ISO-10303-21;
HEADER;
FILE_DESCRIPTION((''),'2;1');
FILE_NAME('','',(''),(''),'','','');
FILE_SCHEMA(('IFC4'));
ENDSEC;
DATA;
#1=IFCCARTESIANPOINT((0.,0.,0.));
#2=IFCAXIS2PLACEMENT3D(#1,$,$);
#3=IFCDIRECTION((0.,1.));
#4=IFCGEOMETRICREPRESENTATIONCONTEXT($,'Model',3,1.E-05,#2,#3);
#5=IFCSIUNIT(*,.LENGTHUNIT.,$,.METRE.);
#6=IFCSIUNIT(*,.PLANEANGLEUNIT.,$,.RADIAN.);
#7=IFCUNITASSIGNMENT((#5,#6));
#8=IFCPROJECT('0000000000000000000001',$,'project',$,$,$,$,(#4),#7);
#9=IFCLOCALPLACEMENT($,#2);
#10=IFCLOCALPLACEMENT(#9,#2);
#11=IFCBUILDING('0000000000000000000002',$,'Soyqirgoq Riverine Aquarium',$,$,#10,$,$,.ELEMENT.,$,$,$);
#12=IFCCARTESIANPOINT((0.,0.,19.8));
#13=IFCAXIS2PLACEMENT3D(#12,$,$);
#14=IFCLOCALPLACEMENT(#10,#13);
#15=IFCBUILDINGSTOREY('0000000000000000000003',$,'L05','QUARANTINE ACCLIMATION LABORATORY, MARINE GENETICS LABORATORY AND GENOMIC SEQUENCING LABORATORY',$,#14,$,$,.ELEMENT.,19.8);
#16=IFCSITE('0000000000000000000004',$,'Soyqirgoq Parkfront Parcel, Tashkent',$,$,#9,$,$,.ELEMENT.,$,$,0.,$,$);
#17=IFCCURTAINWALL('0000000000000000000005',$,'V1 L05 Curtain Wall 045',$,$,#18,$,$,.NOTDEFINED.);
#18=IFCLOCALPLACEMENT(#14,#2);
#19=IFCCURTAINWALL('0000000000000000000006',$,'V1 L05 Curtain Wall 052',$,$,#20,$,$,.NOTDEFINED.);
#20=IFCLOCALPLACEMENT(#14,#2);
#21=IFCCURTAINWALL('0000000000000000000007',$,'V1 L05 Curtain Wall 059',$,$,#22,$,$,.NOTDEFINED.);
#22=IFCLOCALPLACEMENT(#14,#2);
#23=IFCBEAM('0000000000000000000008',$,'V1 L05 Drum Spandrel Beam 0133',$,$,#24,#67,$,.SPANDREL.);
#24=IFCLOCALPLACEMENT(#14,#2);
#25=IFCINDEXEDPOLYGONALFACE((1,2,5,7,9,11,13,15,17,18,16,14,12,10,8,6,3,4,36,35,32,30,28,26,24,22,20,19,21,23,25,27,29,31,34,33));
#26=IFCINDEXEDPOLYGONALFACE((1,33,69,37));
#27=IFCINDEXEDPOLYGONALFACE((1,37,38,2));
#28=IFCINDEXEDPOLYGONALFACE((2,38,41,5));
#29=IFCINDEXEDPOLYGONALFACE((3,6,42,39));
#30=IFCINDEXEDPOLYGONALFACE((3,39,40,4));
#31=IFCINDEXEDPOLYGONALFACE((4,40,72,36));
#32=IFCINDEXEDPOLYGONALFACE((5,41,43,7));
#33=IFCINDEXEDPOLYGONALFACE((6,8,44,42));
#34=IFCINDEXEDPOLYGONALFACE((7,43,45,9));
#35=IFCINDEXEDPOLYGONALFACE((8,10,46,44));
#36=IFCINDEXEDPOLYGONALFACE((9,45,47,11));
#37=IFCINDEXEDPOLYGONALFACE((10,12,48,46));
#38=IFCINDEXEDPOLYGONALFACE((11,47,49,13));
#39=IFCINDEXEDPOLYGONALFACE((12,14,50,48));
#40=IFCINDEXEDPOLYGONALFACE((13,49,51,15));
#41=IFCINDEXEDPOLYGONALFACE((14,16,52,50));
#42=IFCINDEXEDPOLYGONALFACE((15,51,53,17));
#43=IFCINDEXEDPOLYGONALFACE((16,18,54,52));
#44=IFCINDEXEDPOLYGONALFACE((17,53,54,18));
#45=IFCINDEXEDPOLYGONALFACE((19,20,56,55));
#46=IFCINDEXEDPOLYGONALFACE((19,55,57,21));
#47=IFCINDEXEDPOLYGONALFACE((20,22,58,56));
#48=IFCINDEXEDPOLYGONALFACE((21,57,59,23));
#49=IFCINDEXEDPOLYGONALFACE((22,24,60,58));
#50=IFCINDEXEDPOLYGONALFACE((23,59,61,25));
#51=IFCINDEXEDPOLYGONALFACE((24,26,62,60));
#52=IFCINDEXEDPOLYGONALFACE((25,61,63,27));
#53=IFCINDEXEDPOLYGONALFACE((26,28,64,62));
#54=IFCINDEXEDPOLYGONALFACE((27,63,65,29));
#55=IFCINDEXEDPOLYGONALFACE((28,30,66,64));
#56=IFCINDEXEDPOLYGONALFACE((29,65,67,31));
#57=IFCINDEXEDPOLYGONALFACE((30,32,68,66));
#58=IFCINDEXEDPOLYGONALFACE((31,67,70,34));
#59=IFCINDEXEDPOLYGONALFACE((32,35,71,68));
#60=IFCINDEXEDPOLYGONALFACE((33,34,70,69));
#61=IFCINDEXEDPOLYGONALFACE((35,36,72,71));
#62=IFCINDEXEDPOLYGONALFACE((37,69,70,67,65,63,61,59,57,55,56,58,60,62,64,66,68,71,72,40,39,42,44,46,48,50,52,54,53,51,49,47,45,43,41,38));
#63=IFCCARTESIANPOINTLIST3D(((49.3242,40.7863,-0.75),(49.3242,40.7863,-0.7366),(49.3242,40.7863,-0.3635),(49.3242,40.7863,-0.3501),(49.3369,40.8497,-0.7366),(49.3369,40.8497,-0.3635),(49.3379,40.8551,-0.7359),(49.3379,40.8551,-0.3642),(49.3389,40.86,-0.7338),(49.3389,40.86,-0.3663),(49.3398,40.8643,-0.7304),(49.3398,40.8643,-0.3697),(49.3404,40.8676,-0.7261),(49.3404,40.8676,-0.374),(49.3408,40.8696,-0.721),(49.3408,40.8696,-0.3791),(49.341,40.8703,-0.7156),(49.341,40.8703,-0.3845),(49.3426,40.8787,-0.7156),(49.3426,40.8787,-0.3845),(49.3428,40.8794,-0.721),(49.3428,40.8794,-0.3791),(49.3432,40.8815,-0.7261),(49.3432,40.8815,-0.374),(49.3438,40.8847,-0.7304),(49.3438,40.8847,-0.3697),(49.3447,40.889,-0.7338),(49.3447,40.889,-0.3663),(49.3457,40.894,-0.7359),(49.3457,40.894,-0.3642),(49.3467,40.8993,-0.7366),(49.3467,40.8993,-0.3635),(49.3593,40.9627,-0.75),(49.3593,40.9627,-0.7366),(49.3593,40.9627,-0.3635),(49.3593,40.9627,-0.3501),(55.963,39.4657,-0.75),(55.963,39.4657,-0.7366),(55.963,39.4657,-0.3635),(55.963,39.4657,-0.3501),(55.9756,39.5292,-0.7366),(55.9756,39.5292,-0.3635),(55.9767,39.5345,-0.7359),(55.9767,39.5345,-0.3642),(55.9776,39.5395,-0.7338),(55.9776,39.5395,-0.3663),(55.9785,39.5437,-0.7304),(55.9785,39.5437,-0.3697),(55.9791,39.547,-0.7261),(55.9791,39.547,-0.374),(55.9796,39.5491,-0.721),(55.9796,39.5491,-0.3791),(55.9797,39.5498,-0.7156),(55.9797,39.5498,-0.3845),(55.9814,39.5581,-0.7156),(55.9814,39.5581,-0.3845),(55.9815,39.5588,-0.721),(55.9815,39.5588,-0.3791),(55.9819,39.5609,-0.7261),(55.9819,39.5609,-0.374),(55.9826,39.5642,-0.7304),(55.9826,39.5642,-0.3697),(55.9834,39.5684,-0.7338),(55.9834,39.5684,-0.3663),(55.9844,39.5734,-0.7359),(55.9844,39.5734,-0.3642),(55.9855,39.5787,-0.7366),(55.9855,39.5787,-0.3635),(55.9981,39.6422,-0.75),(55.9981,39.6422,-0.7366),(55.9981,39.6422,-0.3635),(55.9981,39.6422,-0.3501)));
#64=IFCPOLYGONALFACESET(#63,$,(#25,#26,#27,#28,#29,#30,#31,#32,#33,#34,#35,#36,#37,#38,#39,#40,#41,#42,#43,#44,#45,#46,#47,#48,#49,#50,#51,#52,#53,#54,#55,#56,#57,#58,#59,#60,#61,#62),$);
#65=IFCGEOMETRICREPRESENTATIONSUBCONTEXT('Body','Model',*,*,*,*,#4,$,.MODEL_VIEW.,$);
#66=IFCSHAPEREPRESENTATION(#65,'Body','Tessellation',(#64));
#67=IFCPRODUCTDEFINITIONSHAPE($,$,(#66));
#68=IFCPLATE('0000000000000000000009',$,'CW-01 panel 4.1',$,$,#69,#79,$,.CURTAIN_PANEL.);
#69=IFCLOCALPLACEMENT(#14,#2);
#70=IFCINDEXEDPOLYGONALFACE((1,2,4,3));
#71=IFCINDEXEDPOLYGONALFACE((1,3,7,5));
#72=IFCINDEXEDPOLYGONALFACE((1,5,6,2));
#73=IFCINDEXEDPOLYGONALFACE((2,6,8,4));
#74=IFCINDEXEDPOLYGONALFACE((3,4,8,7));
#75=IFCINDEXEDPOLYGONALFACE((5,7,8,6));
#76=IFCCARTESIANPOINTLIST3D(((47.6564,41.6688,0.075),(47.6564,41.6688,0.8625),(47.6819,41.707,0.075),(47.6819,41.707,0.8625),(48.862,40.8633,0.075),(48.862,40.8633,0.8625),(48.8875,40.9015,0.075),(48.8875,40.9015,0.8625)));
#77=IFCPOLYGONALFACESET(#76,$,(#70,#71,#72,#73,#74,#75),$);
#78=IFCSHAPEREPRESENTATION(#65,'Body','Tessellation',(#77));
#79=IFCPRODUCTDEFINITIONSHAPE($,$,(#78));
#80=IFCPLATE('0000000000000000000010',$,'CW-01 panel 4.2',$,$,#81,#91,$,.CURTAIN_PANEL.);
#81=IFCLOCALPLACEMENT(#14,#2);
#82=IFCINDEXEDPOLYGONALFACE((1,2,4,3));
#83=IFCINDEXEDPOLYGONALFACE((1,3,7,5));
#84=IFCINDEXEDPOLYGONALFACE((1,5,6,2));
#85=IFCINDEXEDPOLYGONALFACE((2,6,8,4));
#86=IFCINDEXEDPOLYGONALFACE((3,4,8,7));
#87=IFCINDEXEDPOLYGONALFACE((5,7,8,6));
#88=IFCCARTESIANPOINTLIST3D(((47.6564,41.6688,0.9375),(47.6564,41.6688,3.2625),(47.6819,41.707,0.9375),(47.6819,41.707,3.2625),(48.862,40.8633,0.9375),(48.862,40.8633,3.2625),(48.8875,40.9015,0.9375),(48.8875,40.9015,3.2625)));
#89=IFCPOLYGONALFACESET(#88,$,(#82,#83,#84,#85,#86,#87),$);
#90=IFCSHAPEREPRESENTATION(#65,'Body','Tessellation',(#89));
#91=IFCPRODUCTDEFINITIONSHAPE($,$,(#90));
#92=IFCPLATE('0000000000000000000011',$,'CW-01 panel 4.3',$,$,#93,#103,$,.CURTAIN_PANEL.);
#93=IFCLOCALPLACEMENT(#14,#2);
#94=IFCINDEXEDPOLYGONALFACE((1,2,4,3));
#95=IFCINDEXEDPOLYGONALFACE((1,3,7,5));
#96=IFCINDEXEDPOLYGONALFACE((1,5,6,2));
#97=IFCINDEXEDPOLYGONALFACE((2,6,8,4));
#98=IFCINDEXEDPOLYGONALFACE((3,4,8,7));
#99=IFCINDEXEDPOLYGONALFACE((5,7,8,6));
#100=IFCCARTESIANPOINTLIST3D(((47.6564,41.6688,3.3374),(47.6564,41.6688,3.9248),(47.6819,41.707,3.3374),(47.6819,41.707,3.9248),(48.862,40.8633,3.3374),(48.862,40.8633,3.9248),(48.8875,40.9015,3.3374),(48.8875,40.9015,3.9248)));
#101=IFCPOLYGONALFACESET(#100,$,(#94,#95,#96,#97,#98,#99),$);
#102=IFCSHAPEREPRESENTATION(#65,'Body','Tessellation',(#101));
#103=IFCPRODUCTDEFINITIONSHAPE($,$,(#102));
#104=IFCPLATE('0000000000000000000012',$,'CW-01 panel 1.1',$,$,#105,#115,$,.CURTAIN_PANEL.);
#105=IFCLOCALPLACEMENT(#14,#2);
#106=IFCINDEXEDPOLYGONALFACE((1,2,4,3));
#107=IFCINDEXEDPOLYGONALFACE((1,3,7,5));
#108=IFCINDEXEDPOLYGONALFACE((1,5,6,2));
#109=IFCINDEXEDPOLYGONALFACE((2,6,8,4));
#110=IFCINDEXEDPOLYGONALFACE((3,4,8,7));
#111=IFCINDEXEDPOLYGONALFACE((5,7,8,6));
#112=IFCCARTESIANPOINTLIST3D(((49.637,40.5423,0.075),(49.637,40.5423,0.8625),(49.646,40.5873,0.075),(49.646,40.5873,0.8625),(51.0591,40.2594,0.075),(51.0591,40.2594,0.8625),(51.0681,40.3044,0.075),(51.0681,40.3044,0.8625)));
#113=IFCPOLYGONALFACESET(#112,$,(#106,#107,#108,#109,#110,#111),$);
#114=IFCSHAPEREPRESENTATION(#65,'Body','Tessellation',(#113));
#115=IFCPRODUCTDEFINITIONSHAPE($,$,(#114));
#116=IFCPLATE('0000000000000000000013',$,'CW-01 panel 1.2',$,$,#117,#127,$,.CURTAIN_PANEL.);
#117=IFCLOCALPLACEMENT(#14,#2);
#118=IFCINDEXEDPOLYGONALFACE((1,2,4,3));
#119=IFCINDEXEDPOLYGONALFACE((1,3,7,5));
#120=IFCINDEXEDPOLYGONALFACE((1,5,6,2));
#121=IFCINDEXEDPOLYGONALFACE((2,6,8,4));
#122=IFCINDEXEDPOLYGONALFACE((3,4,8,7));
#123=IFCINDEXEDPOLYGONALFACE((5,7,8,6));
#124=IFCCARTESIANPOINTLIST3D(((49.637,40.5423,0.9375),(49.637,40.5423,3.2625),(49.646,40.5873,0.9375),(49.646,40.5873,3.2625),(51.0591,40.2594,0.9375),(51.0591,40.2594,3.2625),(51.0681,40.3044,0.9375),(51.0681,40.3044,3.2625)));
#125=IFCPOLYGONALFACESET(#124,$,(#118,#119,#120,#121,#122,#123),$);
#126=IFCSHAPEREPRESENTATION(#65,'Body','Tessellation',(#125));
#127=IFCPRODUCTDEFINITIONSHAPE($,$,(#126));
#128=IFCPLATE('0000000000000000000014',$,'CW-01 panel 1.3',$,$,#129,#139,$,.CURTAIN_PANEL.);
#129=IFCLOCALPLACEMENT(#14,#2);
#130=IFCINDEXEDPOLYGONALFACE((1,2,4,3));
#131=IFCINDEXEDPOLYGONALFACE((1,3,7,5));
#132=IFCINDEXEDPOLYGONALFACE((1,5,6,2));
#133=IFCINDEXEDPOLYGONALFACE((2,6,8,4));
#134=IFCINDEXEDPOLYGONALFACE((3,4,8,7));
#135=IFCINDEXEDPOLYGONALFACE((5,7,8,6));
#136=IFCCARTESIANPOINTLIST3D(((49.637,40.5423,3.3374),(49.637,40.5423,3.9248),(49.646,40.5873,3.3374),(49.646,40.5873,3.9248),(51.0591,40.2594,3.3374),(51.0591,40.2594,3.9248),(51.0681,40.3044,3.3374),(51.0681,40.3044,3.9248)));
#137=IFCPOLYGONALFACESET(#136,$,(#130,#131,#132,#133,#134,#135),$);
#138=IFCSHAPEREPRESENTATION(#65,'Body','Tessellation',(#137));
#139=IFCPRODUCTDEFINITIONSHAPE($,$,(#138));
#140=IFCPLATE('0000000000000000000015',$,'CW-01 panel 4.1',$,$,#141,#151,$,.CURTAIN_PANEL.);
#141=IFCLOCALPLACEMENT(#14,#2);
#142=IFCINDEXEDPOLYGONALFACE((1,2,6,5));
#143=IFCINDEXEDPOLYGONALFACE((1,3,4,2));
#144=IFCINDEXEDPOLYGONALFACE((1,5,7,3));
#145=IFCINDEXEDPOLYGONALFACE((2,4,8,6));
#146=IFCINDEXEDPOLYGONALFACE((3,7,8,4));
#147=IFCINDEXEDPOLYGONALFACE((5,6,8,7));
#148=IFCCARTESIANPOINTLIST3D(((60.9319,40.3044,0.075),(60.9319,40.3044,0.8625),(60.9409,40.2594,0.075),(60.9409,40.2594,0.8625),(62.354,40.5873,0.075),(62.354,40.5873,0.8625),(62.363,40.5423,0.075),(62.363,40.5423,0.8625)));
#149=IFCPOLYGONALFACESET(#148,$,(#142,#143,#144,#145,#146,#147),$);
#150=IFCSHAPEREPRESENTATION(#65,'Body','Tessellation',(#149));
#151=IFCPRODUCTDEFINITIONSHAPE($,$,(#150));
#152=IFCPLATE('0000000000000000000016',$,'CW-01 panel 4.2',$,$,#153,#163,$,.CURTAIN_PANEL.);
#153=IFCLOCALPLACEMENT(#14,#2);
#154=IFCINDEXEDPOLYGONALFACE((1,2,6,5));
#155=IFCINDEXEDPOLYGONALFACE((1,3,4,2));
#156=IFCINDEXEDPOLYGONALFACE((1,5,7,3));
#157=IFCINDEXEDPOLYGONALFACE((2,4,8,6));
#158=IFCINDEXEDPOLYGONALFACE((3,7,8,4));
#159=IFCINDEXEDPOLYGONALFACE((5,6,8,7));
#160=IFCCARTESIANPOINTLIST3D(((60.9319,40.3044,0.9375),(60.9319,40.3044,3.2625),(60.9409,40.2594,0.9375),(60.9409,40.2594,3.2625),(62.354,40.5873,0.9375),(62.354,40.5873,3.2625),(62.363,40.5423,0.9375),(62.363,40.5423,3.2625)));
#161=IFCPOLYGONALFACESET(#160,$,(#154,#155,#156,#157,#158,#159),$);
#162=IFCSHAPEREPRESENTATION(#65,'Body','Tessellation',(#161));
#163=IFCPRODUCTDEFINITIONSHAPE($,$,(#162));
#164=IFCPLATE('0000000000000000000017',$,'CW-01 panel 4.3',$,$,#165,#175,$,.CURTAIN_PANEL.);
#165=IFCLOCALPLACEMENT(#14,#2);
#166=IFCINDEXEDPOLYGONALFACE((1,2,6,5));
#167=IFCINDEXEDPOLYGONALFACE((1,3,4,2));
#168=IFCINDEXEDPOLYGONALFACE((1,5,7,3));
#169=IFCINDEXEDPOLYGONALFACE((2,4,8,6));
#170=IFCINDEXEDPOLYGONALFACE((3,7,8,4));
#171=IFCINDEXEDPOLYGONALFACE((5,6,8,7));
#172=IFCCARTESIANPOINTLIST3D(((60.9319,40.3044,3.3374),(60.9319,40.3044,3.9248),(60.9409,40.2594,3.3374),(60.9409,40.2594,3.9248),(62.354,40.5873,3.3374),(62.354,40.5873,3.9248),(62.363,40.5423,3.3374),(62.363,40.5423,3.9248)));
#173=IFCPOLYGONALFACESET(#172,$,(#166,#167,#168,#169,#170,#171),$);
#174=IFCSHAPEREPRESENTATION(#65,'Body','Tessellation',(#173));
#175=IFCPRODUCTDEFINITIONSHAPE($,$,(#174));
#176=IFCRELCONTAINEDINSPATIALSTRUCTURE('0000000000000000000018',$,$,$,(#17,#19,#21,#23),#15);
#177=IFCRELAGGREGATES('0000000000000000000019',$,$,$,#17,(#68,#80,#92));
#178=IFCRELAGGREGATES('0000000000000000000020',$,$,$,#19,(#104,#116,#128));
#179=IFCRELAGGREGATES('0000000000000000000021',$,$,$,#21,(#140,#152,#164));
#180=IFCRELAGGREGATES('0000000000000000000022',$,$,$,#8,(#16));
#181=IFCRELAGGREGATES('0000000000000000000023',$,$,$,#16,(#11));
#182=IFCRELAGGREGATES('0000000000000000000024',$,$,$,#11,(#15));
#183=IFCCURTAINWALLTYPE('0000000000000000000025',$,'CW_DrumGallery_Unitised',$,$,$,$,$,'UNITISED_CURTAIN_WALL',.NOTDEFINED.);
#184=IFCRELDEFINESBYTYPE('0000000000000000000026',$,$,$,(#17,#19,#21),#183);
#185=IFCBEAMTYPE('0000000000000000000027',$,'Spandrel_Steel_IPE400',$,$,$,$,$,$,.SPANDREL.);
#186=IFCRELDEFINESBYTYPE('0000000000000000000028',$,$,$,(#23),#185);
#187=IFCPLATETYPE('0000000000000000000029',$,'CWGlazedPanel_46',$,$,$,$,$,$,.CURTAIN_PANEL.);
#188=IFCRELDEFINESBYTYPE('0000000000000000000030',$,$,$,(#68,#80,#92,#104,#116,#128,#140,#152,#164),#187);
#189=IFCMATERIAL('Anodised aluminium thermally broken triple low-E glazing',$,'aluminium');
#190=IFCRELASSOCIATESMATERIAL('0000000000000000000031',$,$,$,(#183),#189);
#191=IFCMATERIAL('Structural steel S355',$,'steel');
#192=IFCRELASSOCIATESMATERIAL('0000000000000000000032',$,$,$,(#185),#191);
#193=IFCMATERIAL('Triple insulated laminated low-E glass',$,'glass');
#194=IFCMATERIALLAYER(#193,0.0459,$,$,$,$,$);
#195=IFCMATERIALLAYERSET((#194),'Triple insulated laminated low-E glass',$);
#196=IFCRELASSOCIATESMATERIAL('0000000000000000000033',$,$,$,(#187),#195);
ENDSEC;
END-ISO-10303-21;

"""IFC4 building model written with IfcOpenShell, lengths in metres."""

from ifc_helpers import new_model, si_unit, direction, frame, origin, origin_2d, place, context, subcontext, project, spatial, rectangle, i_section, extrude, material, layer, layer_set, material_profile, profile_set, type_object, element, aggregate, save


model = new_model("IFC4")

# Units and contexts
model_context = context("Model", 3, precision=1e-05, world=origin(), true_north=direction((0.0, 1.0)))
body_context = subcontext(model_context, "Body", "Model", "MODEL_VIEW")
ifc_project = project(units=[si_unit("LENGTHUNIT", "METRE"), si_unit("PLANEANGLEUNIT", "RADIAN")], contexts=[model_context])

# Site, building, storey
site_placement = place(None, origin())
site = spatial("IfcSite", under=ifc_project, at=site_placement, Name="Soyqirgoq Parkfront Parcel, Tashkent", CompositionType="ELEMENT", RefElevation=0.0)
building_placement = place(site_placement, origin())
building = spatial("IfcBuilding", under=site, at=building_placement, Name="Soyqirgoq Riverine Aquarium", CompositionType="ELEMENT")
storey_placement = place(building_placement, frame((0.0, 0.0, 19.8)))
storey = spatial("IfcBuildingStorey", under=building, at=storey_placement, Name="L05", Description="QUARANTINE ACCLIMATION LABORATORY, MARINE GENETICS LABORATORY AND GENOMIC SEQUENCING LABORATORY", CompositionType="ELEMENT", Elevation=19.8)

# Curtain wall
ifc_material_1 = material(Name="Anodised aluminium thermally broken triple low-E glazing", Category="aluminium")
curtain_wall_type = type_object("IfcCurtainWallType", Name="CW_DrumGallery_Unitised", ElementType="UNITISED_CURTAIN_WALL", PredefinedType="NOTDEFINED", material=ifc_material_1)
curtain_wall_1_placement = place(storey_placement, origin())
curtain_wall_1 = element("IfcCurtainWall", 1, at=curtain_wall_1_placement, inside=storey, type_object=curtain_wall_type, Name="V1 L05 Curtain Wall 045", PredefinedType="NOTDEFINED")

# Curtain walls
curtain_wall_2_placement = place(storey_placement, origin())
curtain_wall_2 = element("IfcCurtainWall", 2, at=curtain_wall_2_placement, inside=storey, type_object=curtain_wall_type, Name="V1 L05 Curtain Wall 052", PredefinedType="NOTDEFINED")
curtain_wall_3_placement = place(storey_placement, origin())
curtain_wall_3 = element("IfcCurtainWall", 3, at=curtain_wall_3_placement, inside=storey, type_object=curtain_wall_type, Name="V1 L05 Curtain Wall 059", PredefinedType="NOTDEFINED")

# Beam
ifc_material_2 = material(Name="Structural steel S355", Category="steel")
ifc_material_profile_1 = material_profile(ifc_material_2, i_section(OverallWidth=0.1799, OverallDepth=0.3999, WebThickness=0.0085, FlangeThickness=0.0134, FilletRadius=0.021, at=origin_2d()), Name="IPE 400")
ifc_profile_set_1 = profile_set([ifc_material_profile_1], Name="Structural steel S355")
beam_type = type_object("IfcBeamType", Name="Spandrel_Steel_IPE400", PredefinedType="SPANDREL", material=ifc_profile_set_1)
beam_placement = place(storey_placement, frame((49.3418, 40.8745, -0.55), z_axis=(0.980784, -0.195096, 0.0), x_axis=(0.195096, 0.980784, 0.0)))
element("IfcBeam", 4, at=beam_placement, inside=storey, type_object=beam_type, Name="V1 L05 Drum Spandrel Beam 0133", PredefinedType="SPANDREL", context=body_context, shape_type="SweptSolid", body=[
    extrude(i_section(OverallWidth=0.1799, OverallDepth=0.3999, WebThickness=0.0085, FlangeThickness=0.0134, FilletRadius=0.021, at=origin_2d()), origin(), (0.0, 0.0, 1.0), 6.7688),
])

# Plates
ifc_material_3 = material(Name="Triple insulated laminated low-E glass", Category="glass")
ifc_layer = layer(ifc_material_3, 0.0459)
ifc_layer_set = layer_set([ifc_layer], Name="Triple insulated laminated low-E glass")
plate_type = type_object("IfcPlateType", Name="CWGlazedPanel_46", PredefinedType="CURTAIN_PANEL", material=ifc_layer_set)
plate_1_placement = place(storey_placement, frame((48.272, 41.2852, 0.075), z_axis=(0.0, 0.0, 1.0), x_axis=(0.831476, -0.555561, 0.0)))
plate_1 = element("IfcPlate", 5, at=plate_1_placement, type_object=plate_type, Name="CW-01 panel 4.1", PredefinedType="CURTAIN_PANEL", context=body_context, shape_type="SweptSolid", body=[
    extrude(rectangle(XDim=1.45, YDim=0.0459, at=origin_2d()), origin(), (0.0, 0.0, 1.0), 0.7876),
])
plate_2_placement = place(storey_placement, frame((48.272, 41.2852, 0.9375), z_axis=(0.0, 0.0, 1.0), x_axis=(0.831476, -0.555561, 0.0)))
plate_2 = element("IfcPlate", 6, at=plate_2_placement, type_object=plate_type, Name="CW-01 panel 4.2", PredefinedType="CURTAIN_PANEL", context=body_context, shape_type="SweptSolid", body=[
    extrude(rectangle(XDim=1.45, YDim=0.0459, at=origin_2d()), origin(), (0.0, 0.0, 1.0), 2.325),
])
plate_3_placement = place(storey_placement, frame((48.272, 41.2852, 3.3374), z_axis=(0.0, 0.0, 1.0), x_axis=(0.831476, -0.555561, 0.0)))
plate_3 = element("IfcPlate", 7, at=plate_3_placement, type_object=plate_type, Name="CW-01 panel 4.3", PredefinedType="CURTAIN_PANEL", context=body_context, shape_type="SweptSolid", body=[
    extrude(rectangle(XDim=1.45, YDim=0.0459, at=origin_2d()), origin(), (0.0, 0.0, 1.0), 0.5874),
])
aggregate(curtain_wall_1, [plate_1, plate_2, plate_3])
plate_4_placement = place(storey_placement, frame((50.3525, 40.4233, 0.075), z_axis=(0.0, 0.0, 1.0), x_axis=(0.980788, -0.195078, 0.0)))
plate_4 = element("IfcPlate", 8, at=plate_4_placement, type_object=plate_type, Name="CW-01 panel 1.1", PredefinedType="CURTAIN_PANEL", context=body_context, shape_type="SweptSolid", body=[
    extrude(rectangle(XDim=1.45, YDim=0.0459, at=origin_2d()), origin(), (0.0, 0.0, 1.0), 0.7876),
])
plate_5_placement = place(storey_placement, frame((50.3525, 40.4233, 0.9375), z_axis=(0.0, 0.0, 1.0), x_axis=(0.980788, -0.195078, 0.0)))
plate_5 = element("IfcPlate", 9, at=plate_5_placement, type_object=plate_type, Name="CW-01 panel 1.2", PredefinedType="CURTAIN_PANEL", context=body_context, shape_type="SweptSolid", body=[
    extrude(rectangle(XDim=1.45, YDim=0.0459, at=origin_2d()), origin(), (0.0, 0.0, 1.0), 2.325),
])
plate_6_placement = place(storey_placement, frame((50.3525, 40.4233, 3.3374), z_axis=(0.0, 0.0, 1.0), x_axis=(0.980788, -0.195078, 0.0)))
plate_6 = element("IfcPlate", 10, at=plate_6_placement, type_object=plate_type, Name="CW-01 panel 1.3", PredefinedType="CURTAIN_PANEL", context=body_context, shape_type="SweptSolid", body=[
    extrude(rectangle(XDim=1.45, YDim=0.0459, at=origin_2d()), origin(), (0.0, 0.0, 1.0), 0.5874),
])
aggregate(curtain_wall_2, [plate_4, plate_5, plate_6])
plate_7_placement = place(storey_placement, frame((61.6475, 40.4233, 0.075), z_axis=(0.0, 0.0, 1.0), x_axis=(0.980788, 0.195078, 0.0)))
plate_7 = element("IfcPlate", 11, at=plate_7_placement, type_object=plate_type, Name="CW-01 panel 4.1", PredefinedType="CURTAIN_PANEL", context=body_context, shape_type="SweptSolid", body=[
    extrude(rectangle(XDim=1.45, YDim=0.0459, at=origin_2d()), origin(), (0.0, 0.0, 1.0), 0.7876),
])
plate_8_placement = place(storey_placement, frame((61.6475, 40.4233, 0.9375), z_axis=(0.0, 0.0, 1.0), x_axis=(0.980788, 0.195078, 0.0)))
plate_8 = element("IfcPlate", 12, at=plate_8_placement, type_object=plate_type, Name="CW-01 panel 4.2", PredefinedType="CURTAIN_PANEL", context=body_context, shape_type="SweptSolid", body=[
    extrude(rectangle(XDim=1.45, YDim=0.0459, at=origin_2d()), origin(), (0.0, 0.0, 1.0), 2.325),
])
plate_9_placement = place(storey_placement, frame((61.6475, 40.4233, 3.3374), z_axis=(0.0, 0.0, 1.0), x_axis=(0.980788, 0.195078, 0.0)))
plate_9 = element("IfcPlate", 13, at=plate_9_placement, type_object=plate_type, Name="CW-01 panel 4.3", PredefinedType="CURTAIN_PANEL", context=body_context, shape_type="SweptSolid", body=[
    extrude(rectangle(XDim=1.45, YDim=0.0459, at=origin_2d()), origin(), (0.0, 0.0, 1.0), 0.5874),
])
aggregate(curtain_wall_3, [plate_7, plate_8, plate_9])

save(model, "model.ifc")
